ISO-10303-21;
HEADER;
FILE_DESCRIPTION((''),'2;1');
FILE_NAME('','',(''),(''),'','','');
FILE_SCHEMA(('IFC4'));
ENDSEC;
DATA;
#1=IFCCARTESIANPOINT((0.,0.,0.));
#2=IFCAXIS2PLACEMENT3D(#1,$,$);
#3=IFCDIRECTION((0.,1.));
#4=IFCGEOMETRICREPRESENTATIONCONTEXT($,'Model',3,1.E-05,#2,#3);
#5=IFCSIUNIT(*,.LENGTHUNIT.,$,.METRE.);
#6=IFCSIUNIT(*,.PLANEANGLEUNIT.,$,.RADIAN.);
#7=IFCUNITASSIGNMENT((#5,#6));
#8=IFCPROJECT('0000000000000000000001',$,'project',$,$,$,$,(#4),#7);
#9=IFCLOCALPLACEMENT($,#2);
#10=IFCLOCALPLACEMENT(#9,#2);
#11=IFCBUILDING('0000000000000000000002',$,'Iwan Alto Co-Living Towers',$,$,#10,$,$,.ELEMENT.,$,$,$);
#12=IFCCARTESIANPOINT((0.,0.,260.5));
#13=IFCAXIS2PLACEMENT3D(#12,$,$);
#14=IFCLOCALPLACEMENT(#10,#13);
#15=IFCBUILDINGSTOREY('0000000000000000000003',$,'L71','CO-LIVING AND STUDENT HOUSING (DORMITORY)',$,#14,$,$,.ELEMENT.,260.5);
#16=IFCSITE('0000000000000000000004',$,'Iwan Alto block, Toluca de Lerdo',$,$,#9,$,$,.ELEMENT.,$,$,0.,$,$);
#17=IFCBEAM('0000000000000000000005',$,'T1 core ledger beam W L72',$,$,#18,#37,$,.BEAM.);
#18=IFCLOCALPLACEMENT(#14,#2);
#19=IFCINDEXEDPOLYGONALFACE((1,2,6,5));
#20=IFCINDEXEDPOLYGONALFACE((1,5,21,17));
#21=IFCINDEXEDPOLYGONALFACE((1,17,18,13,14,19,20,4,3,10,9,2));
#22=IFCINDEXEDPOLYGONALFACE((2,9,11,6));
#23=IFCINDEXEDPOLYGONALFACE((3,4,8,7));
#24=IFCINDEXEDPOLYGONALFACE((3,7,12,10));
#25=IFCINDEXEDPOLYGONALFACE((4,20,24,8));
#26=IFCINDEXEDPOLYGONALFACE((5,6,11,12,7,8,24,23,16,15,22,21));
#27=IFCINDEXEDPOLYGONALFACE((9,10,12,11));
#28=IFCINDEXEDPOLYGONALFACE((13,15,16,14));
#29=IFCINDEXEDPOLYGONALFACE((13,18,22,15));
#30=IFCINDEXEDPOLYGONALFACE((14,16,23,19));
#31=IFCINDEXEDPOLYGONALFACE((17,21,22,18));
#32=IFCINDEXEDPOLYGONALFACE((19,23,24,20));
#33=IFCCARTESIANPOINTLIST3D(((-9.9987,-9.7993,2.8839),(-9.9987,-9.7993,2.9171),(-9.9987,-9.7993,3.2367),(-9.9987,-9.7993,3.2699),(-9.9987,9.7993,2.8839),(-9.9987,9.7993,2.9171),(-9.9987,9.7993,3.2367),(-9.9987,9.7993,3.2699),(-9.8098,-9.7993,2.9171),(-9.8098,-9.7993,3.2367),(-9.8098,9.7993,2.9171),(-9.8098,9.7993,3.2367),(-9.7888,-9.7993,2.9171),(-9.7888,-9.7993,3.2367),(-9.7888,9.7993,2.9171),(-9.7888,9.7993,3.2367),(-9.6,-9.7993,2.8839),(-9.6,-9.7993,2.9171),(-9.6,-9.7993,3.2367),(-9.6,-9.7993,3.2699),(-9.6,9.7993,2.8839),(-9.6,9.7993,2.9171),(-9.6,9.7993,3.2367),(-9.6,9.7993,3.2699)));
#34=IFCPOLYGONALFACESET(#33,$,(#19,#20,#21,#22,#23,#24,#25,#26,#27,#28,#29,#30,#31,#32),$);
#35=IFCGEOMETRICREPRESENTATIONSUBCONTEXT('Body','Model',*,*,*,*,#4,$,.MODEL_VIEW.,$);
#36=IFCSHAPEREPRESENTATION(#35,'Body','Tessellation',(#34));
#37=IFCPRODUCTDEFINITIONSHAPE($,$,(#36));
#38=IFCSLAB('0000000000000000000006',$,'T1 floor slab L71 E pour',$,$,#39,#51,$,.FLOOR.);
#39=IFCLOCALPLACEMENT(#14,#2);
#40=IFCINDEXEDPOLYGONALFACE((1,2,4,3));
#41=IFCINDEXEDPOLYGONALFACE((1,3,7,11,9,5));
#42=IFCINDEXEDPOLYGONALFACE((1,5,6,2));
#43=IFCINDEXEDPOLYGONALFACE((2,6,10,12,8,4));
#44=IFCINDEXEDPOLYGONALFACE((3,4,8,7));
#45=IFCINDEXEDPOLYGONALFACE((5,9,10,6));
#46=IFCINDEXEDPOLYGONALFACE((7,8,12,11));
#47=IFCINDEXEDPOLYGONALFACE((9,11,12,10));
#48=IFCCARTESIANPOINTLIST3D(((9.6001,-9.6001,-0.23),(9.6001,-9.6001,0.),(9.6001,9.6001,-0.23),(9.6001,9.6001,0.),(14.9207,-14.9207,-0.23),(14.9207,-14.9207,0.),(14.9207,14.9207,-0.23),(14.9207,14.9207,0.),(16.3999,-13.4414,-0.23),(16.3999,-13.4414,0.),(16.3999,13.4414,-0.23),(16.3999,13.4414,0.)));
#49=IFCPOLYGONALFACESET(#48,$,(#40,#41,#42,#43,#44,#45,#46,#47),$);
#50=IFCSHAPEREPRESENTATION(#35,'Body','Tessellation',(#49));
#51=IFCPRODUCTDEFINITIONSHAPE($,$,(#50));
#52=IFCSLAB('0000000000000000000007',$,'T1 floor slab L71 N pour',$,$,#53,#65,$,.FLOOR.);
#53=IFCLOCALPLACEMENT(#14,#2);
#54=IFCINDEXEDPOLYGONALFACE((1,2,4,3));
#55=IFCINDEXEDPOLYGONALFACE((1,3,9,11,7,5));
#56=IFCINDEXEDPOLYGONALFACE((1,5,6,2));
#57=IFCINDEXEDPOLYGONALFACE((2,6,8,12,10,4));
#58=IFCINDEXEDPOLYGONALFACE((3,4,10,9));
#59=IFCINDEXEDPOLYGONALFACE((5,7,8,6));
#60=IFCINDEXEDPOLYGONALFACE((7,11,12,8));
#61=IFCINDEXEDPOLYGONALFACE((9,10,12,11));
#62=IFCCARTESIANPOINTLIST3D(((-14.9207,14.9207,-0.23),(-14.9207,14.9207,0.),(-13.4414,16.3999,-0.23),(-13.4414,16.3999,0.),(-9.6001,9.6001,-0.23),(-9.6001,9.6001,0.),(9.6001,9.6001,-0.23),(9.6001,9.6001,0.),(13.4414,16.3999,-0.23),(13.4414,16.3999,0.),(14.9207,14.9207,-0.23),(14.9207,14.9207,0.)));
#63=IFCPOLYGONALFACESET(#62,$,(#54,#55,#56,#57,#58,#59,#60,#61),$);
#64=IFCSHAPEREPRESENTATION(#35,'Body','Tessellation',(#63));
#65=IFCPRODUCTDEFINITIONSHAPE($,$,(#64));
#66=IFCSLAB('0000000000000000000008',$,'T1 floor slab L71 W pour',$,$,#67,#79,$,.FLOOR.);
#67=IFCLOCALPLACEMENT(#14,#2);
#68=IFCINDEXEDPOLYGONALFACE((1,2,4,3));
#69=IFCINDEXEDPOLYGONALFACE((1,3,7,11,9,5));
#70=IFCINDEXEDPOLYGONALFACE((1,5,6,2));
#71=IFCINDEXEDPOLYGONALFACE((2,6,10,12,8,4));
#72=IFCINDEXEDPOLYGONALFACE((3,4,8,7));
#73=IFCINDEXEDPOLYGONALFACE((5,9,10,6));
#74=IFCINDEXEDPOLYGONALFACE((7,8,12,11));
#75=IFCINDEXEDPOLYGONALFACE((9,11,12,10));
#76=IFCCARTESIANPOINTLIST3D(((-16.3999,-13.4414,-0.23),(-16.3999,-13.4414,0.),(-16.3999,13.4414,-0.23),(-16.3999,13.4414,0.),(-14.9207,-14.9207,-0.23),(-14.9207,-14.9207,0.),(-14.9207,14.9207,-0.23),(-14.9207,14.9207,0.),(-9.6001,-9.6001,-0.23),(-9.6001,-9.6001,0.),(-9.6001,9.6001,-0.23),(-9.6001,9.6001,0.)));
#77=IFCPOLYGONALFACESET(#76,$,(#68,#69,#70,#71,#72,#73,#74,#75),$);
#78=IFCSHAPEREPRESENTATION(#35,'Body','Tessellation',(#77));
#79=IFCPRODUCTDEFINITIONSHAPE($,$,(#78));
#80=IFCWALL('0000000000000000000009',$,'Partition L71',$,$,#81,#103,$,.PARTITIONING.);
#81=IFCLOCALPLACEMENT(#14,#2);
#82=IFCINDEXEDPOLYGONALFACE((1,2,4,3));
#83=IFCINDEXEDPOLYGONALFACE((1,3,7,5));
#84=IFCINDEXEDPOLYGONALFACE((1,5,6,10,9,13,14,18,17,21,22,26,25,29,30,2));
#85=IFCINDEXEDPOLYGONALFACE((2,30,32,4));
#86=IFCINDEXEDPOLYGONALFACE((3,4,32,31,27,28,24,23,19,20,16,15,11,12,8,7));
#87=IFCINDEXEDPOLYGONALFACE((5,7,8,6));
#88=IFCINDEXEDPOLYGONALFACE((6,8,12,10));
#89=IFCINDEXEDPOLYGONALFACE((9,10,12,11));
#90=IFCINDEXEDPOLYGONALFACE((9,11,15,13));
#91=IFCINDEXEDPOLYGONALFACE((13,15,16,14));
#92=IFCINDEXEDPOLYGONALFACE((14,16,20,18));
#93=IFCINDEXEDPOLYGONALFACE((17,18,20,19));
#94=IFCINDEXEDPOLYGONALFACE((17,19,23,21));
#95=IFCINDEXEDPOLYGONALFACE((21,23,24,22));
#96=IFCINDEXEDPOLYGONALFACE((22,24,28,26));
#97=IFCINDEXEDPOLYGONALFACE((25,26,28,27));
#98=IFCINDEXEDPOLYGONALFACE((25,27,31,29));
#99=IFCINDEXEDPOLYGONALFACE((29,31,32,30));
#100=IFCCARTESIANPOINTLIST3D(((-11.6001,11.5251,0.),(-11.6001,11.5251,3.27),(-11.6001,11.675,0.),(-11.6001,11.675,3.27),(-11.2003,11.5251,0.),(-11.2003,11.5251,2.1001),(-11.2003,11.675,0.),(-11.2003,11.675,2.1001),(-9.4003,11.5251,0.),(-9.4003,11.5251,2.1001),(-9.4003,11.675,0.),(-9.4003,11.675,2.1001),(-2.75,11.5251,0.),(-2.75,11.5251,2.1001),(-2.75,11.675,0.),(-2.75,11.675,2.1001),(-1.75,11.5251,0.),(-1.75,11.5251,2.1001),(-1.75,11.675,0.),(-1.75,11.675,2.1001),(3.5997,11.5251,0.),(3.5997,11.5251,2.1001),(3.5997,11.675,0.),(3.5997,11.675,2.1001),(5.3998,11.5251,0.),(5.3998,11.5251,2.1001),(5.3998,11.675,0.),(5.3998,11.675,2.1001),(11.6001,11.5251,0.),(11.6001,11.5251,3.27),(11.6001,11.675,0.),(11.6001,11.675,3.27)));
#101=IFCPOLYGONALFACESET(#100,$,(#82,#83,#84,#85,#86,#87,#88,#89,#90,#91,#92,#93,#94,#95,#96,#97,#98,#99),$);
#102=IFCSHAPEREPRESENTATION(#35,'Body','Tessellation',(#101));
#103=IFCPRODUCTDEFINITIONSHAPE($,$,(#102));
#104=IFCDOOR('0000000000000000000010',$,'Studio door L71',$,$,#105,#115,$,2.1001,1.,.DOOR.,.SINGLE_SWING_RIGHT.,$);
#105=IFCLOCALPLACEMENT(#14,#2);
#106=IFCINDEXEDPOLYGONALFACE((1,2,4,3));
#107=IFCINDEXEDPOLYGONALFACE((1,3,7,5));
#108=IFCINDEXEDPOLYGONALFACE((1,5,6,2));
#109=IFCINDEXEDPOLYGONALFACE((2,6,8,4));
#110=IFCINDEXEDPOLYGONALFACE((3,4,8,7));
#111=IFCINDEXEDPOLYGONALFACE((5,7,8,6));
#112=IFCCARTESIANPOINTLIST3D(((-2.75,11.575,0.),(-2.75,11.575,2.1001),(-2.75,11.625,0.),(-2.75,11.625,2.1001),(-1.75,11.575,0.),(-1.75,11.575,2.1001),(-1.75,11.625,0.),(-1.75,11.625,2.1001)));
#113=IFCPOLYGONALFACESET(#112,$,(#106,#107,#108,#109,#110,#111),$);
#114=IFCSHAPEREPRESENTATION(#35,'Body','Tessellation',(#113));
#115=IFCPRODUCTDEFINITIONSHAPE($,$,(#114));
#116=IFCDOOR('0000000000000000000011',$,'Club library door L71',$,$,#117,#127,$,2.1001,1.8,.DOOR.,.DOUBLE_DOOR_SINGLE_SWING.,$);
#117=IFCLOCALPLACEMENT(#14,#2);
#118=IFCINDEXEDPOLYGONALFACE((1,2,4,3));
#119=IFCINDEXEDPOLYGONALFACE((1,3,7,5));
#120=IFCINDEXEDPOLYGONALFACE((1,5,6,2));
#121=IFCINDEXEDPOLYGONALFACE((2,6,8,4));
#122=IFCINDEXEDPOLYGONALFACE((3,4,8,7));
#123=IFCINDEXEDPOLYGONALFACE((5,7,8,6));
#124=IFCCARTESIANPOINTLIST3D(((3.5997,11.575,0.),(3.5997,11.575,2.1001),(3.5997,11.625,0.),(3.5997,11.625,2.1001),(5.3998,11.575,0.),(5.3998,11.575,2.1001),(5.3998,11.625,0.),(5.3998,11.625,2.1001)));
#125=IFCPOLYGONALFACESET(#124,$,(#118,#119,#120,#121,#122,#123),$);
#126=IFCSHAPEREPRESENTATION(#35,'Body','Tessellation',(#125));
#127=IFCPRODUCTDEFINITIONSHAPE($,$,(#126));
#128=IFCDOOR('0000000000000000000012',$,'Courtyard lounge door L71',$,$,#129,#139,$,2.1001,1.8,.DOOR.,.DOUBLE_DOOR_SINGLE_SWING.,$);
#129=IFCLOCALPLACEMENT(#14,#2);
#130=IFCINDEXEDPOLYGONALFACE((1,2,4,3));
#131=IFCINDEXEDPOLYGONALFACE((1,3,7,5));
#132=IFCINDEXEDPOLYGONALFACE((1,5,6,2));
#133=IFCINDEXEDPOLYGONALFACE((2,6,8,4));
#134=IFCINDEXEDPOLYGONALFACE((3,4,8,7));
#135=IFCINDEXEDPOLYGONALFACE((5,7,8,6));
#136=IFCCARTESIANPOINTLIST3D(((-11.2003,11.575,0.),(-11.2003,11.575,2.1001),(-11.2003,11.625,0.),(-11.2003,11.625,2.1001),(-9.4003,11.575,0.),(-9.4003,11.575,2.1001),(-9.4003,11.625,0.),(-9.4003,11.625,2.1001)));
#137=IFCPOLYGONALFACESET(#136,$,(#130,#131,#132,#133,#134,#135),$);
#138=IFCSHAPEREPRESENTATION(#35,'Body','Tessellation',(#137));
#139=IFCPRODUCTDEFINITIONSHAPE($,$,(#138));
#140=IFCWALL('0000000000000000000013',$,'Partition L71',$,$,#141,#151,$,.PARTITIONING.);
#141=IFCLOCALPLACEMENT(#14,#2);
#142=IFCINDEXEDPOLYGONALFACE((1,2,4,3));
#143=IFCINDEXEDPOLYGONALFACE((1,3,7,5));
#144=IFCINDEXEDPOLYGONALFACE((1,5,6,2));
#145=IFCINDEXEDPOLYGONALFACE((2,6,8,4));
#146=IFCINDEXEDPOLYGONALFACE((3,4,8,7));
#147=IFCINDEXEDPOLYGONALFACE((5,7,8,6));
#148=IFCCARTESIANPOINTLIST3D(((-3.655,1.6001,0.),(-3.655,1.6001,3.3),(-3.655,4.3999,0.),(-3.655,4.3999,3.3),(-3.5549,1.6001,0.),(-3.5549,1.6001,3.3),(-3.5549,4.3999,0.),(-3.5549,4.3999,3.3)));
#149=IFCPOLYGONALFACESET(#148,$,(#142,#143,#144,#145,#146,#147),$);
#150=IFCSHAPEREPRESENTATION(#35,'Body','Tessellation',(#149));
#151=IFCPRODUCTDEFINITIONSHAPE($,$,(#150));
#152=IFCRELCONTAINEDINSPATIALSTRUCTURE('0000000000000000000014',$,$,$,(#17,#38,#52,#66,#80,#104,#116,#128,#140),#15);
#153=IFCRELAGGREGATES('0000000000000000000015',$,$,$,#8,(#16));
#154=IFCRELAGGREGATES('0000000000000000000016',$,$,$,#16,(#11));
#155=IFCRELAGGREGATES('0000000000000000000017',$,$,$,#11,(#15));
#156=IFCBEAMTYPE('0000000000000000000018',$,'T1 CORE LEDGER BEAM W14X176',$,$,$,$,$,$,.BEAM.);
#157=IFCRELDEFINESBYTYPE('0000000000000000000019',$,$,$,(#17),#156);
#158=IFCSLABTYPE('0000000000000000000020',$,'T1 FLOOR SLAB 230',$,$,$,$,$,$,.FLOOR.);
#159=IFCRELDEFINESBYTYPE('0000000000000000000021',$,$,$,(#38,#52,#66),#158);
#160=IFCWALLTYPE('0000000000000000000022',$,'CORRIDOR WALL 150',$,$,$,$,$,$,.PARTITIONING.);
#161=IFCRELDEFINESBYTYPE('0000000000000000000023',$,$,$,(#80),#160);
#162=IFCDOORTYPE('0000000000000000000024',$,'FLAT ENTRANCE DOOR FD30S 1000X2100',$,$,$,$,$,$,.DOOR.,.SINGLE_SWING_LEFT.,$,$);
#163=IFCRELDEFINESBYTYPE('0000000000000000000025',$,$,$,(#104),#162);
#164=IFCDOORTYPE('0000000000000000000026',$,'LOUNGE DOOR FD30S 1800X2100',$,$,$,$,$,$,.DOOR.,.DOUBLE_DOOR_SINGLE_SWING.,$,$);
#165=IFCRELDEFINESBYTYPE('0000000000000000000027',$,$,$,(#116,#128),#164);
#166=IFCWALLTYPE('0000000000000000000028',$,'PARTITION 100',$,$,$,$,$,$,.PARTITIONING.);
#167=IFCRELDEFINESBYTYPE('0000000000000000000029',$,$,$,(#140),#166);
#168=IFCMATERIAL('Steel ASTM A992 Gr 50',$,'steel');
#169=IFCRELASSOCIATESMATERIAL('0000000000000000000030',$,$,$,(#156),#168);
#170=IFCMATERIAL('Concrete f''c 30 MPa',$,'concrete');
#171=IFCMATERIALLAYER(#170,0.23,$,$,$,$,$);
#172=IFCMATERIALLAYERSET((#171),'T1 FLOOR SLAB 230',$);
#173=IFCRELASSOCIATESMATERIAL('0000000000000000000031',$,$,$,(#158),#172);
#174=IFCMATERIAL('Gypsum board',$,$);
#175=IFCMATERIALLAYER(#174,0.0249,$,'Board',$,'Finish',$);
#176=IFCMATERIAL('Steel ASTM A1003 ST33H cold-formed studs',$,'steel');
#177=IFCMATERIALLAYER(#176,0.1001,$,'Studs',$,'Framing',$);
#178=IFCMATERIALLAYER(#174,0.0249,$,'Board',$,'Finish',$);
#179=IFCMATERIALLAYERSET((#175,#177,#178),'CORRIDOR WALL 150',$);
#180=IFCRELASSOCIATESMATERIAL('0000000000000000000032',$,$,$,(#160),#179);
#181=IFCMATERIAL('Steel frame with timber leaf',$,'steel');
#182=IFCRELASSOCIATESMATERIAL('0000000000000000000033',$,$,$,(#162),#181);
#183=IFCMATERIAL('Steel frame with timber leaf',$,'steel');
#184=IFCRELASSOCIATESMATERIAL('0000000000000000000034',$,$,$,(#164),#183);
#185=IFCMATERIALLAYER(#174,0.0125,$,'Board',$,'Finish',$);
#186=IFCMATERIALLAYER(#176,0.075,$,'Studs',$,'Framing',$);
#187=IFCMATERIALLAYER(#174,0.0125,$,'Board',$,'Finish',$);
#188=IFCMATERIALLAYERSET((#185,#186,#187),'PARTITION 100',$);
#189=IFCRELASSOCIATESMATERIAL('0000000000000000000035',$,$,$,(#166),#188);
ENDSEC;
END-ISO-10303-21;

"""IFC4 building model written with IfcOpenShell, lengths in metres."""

from ifc_helpers import new_model, si_unit, direction, frame, frame_2d, origin, origin_2d, place, context, subcontext, project, spatial, polyline, rectangle, i_section, outline, extrude, material, layer, layer_set, material_profile, profile_set, type_object, element, fill, save


model = new_model("IFC4")

# Units and contexts
model_context = context("Model", 3, precision=1e-05, world=origin(), true_north=direction((0.0, 1.0)))
body_context = subcontext(model_context, "Body", "Model", "MODEL_VIEW")
ifc_project = project(units=[si_unit("LENGTHUNIT", "METRE"), si_unit("PLANEANGLEUNIT", "RADIAN")], contexts=[model_context])

# Site, building, storey
site_placement = place(None, origin())
site = spatial("IfcSite", under=ifc_project, at=site_placement, Name="Iwan Alto block, Toluca de Lerdo", CompositionType="ELEMENT", RefElevation=0.0)
building_placement = place(site_placement, origin())
building = spatial("IfcBuilding", under=site, at=building_placement, Name="Iwan Alto Co-Living Towers", CompositionType="ELEMENT")
storey_placement = place(building_placement, frame((0.0, 0.0, 260.5)))
storey = spatial("IfcBuildingStorey", under=building, at=storey_placement, Name="L71", Description="CO-LIVING AND STUDENT HOUSING (DORMITORY)", CompositionType="ELEMENT", Elevation=260.5)

# Beam
ifc_material_1 = material(Name="Steel ASTM A992 Gr 50", Category="steel")
ifc_material_profile = material_profile(ifc_material_1, i_section(OverallWidth=0.3987, OverallDepth=0.386, WebThickness=0.021, FlangeThickness=0.0332, at=origin_2d()), Name="W14X176")
ifc_profile_set = profile_set([ifc_material_profile], Name="Steel ASTM A992 Gr 50")
beam_type = type_object("IfcBeamType", Name="T1 CORE LEDGER BEAM W14X176", PredefinedType="BEAM", material=ifc_profile_set)
beam_placement = place(storey_placement, frame((-9.7993, 9.7993, 3.0769), z_axis=(0.0, -1.0, 0.0), x_axis=(1.0, 0.0, 0.0)))
element("IfcBeam", 1, at=beam_placement, inside=storey, type_object=beam_type, Name="T1 core ledger beam W L72", PredefinedType="BEAM", context=body_context, shape_type="SweptSolid", body=[
    extrude(i_section(OverallWidth=0.3987, OverallDepth=0.386, WebThickness=0.021, FlangeThickness=0.0332, at=origin_2d()), origin(), (0.0, 0.0, 1.0), 19.5986),
])

# Slabs
ifc_material_2 = material(Name="Concrete f'c 30 MPa", Category="concrete")
ifc_layer_1 = layer(ifc_material_2, 0.23)
ifc_layer_set_1 = layer_set([ifc_layer_1], Name="T1 FLOOR SLAB 230")
slab_type = type_object("IfcSlabType", Name="T1 FLOOR SLAB 230", PredefinedType="FLOOR", material=ifc_layer_set_1)
slab_1_placement = place(storey_placement, frame((0.0, 0.0, -0.23)))
element("IfcSlab", 2, at=slab_1_placement, inside=storey, type_object=slab_type, Name="T1 floor slab L71 E pour", PredefinedType="FLOOR", context=body_context, shape_type="SweptSolid", body=[
    extrude(outline(polyline([(16.3999, 13.4414), (16.3999, -13.4414), (14.9207, -14.9207), (9.6001, -9.6001), (9.6001, 9.6001), (14.9207, 14.9207), (16.3999, 13.4414)])), origin(), (0.0, 0.0, 1.0), 0.23),
])
slab_2_placement = place(storey_placement, frame((0.0, 0.0, -0.23)))
element("IfcSlab", 3, at=slab_2_placement, inside=storey, type_object=slab_type, Name="T1 floor slab L71 N pour", PredefinedType="FLOOR", context=body_context, shape_type="SweptSolid", body=[
    extrude(outline(polyline([(-13.4414, 16.3999), (13.4414, 16.3999), (14.9207, 14.9207), (9.6001, 9.6001), (-9.6001, 9.6001), (-14.9207, 14.9207), (-13.4414, 16.3999)])), origin(), (0.0, 0.0, 1.0), 0.23),
])
slab_3_placement = place(storey_placement, frame((0.0, 0.0, -0.23)))
element("IfcSlab", 4, at=slab_3_placement, inside=storey, type_object=slab_type, Name="T1 floor slab L71 W pour", PredefinedType="FLOOR", context=body_context, shape_type="SweptSolid", body=[
    extrude(outline(polyline([(-16.3999, 13.4414), (-14.9207, 14.9207), (-9.6001, 9.6001), (-9.6001, -9.6001), (-14.9207, -14.9207), (-16.3999, -13.4414), (-16.3999, 13.4414)])), origin(), (0.0, 0.0, 1.0), 0.23),
])

# Wall, openings, doors
ifc_material_3 = material(Name="Gypsum board")
ifc_layer_2 = layer(ifc_material_3, 0.0249, Name="Board", Category="Finish")
ifc_material_4 = material(Name="Steel ASTM A1003 ST33H cold-formed studs", Category="steel")
ifc_layer_3 = layer(ifc_material_4, 0.1001, Name="Studs", Category="Framing")
ifc_layer_4 = layer(ifc_material_3, 0.0249, Name="Board", Category="Finish")
ifc_layer_set_2 = layer_set([ifc_layer_2, ifc_layer_3, ifc_layer_4], Name="CORRIDOR WALL 150")
wall_type_1 = type_object("IfcWallType", Name="CORRIDOR WALL 150", PredefinedType="PARTITIONING", material=ifc_layer_set_2)
wall_1_placement = place(storey_placement, frame((-11.6001, 11.6001, 0.0), z_axis=(0.0, 0.0, 1.0), x_axis=(1.0, 0.0, 0.0)))
wall_1 = element("IfcWall", 5, at=wall_1_placement, inside=storey, type_object=wall_type_1, Name="Partition L71", PredefinedType="PARTITIONING", context=body_context, shape_type="SweptSolid", body=[
    extrude(rectangle(XDim=23.2002, YDim=0.1499, at=frame_2d((11.6001, 0.0))), origin(), (0.0, 0.0, 1.0), 3.27),
])
opening_1_placement = place(wall_1_placement, frame((15.2, 0.0, 0.0)))
opening_1 = element("IfcOpeningElement", 6, at=opening_1_placement, cuts=wall_1, PredefinedType="OPENING", context=body_context, shape_type="SweptSolid", body=[
    extrude(rectangle(XDim=1.8, YDim=2.1001, at=frame_2d((0.8999, 1.05))), frame((0.0, 0.085, 0.0), z_axis=(0.0, -1.0, 0.0), x_axis=(1.0, 0.0, 0.0)), (0.0, 0.0, 1.0), 0.1699),
])
opening_2_placement = place(wall_1_placement, frame((8.8501, 0.0, 0.0)))
opening_2 = element("IfcOpeningElement", 7, at=opening_2_placement, cuts=wall_1, PredefinedType="OPENING", context=body_context, shape_type="SweptSolid", body=[
    extrude(rectangle(XDim=1.0, YDim=2.1001, at=frame_2d((0.5, 1.05))), frame((0.0, 0.085, 0.0), z_axis=(0.0, -1.0, 0.0), x_axis=(1.0, 0.0, 0.0)), (0.0, 0.0, 1.0), 0.1699),
])
opening_3_placement = place(wall_1_placement, frame((0.3999, 0.0, 0.0)))
opening_3 = element("IfcOpeningElement", 8, at=opening_3_placement, cuts=wall_1, PredefinedType="OPENING", context=body_context, shape_type="SweptSolid", body=[
    extrude(rectangle(XDim=1.8, YDim=2.1001, at=frame_2d((0.8999, 1.05))), frame((0.0, 0.085, 0.0), z_axis=(0.0, -1.0, 0.0), x_axis=(1.0, 0.0, 0.0)), (0.0, 0.0, 1.0), 0.1699),
])
ifc_material_5 = material(Name="Steel frame with timber leaf", Category="steel")
door_type_1 = type_object("IfcDoorType", Name="FLAT ENTRANCE DOOR FD30S 1000X2100", OperationType="SINGLE_SWING_LEFT", PredefinedType="DOOR", material=ifc_material_5)
door_1_placement = place(opening_2_placement, origin())
door_1 = element("IfcDoor", 9, at=door_1_placement, inside=storey, type_object=door_type_1, Name="Studio door L71", OperationType="SINGLE_SWING_RIGHT", OverallHeight=2.1001, OverallWidth=1.0, PredefinedType="DOOR", context=body_context, shape_type="SweptSolid", body=[
    extrude(rectangle(XDim=1.0, YDim=2.1001, at=frame_2d((0.5, 1.05))), frame((0.0, 0.0249, 0.0), z_axis=(0.0, -1.0, 0.0), x_axis=(1.0, 0.0, 0.0)), (0.0, 0.0, 1.0), 0.05),
])
fill(opening_2, door_1)
ifc_material_6 = material(Name="Steel frame with timber leaf", Category="steel")
door_type_2 = type_object("IfcDoorType", Name="LOUNGE DOOR FD30S 1800X2100", OperationType="DOUBLE_DOOR_SINGLE_SWING", PredefinedType="DOOR", material=ifc_material_6)
door_2_placement = place(opening_1_placement, origin())
door_2 = element("IfcDoor", 10, at=door_2_placement, inside=storey, type_object=door_type_2, Name="Club library door L71", OperationType="DOUBLE_DOOR_SINGLE_SWING", OverallHeight=2.1001, OverallWidth=1.8, PredefinedType="DOOR", context=body_context, shape_type="SweptSolid", body=[
    extrude(rectangle(XDim=1.8, YDim=2.1001, at=frame_2d((0.8999, 1.05))), frame((0.0, 0.0249, 0.0), z_axis=(0.0, -1.0, 0.0), x_axis=(1.0, 0.0, 0.0)), (0.0, 0.0, 1.0), 0.05),
])
fill(opening_1, door_2)
door_3_placement = place(opening_3_placement, origin())
door_3 = element("IfcDoor", 11, at=door_3_placement, inside=storey, type_object=door_type_2, Name="Courtyard lounge door L71", OperationType="DOUBLE_DOOR_SINGLE_SWING", OverallHeight=2.1001, OverallWidth=1.8, PredefinedType="DOOR", context=body_context, shape_type="SweptSolid", body=[
    extrude(rectangle(XDim=1.8, YDim=2.1001, at=frame_2d((0.8999, 1.05))), frame((0.0, 0.0249, 0.0), z_axis=(0.0, -1.0, 0.0), x_axis=(1.0, 0.0, 0.0)), (0.0, 0.0, 1.0), 0.05),
])
fill(opening_3, door_3)

# Wall
ifc_layer_5 = layer(ifc_material_3, 0.0125, Name="Board", Category="Finish")
ifc_layer_6 = layer(ifc_material_4, 0.075, Name="Studs", Category="Framing")
ifc_layer_7 = layer(ifc_material_3, 0.0125, Name="Board", Category="Finish")
ifc_layer_set_3 = layer_set([ifc_layer_5, ifc_layer_6, ifc_layer_7], Name="PARTITION 100")
wall_type_2 = type_object("IfcWallType", Name="PARTITION 100", PredefinedType="PARTITIONING", material=ifc_layer_set_3)
wall_2_placement = place(storey_placement, frame((-3.605, 1.6001, 0.0), z_axis=(0.0, 0.0, 1.0), x_axis=(0.0, 1.0, 0.0)))
element("IfcWall", 12, at=wall_2_placement, inside=storey, type_object=wall_type_2, Name="Partition L71", PredefinedType="PARTITIONING", context=body_context, shape_type="SweptSolid", body=[
    extrude(rectangle(XDim=2.7998, YDim=0.1001, at=frame_2d((1.3999, 0.0))), origin(), (0.0, 0.0, 1.0), 3.3),
])

save(model, "model.ifc")
